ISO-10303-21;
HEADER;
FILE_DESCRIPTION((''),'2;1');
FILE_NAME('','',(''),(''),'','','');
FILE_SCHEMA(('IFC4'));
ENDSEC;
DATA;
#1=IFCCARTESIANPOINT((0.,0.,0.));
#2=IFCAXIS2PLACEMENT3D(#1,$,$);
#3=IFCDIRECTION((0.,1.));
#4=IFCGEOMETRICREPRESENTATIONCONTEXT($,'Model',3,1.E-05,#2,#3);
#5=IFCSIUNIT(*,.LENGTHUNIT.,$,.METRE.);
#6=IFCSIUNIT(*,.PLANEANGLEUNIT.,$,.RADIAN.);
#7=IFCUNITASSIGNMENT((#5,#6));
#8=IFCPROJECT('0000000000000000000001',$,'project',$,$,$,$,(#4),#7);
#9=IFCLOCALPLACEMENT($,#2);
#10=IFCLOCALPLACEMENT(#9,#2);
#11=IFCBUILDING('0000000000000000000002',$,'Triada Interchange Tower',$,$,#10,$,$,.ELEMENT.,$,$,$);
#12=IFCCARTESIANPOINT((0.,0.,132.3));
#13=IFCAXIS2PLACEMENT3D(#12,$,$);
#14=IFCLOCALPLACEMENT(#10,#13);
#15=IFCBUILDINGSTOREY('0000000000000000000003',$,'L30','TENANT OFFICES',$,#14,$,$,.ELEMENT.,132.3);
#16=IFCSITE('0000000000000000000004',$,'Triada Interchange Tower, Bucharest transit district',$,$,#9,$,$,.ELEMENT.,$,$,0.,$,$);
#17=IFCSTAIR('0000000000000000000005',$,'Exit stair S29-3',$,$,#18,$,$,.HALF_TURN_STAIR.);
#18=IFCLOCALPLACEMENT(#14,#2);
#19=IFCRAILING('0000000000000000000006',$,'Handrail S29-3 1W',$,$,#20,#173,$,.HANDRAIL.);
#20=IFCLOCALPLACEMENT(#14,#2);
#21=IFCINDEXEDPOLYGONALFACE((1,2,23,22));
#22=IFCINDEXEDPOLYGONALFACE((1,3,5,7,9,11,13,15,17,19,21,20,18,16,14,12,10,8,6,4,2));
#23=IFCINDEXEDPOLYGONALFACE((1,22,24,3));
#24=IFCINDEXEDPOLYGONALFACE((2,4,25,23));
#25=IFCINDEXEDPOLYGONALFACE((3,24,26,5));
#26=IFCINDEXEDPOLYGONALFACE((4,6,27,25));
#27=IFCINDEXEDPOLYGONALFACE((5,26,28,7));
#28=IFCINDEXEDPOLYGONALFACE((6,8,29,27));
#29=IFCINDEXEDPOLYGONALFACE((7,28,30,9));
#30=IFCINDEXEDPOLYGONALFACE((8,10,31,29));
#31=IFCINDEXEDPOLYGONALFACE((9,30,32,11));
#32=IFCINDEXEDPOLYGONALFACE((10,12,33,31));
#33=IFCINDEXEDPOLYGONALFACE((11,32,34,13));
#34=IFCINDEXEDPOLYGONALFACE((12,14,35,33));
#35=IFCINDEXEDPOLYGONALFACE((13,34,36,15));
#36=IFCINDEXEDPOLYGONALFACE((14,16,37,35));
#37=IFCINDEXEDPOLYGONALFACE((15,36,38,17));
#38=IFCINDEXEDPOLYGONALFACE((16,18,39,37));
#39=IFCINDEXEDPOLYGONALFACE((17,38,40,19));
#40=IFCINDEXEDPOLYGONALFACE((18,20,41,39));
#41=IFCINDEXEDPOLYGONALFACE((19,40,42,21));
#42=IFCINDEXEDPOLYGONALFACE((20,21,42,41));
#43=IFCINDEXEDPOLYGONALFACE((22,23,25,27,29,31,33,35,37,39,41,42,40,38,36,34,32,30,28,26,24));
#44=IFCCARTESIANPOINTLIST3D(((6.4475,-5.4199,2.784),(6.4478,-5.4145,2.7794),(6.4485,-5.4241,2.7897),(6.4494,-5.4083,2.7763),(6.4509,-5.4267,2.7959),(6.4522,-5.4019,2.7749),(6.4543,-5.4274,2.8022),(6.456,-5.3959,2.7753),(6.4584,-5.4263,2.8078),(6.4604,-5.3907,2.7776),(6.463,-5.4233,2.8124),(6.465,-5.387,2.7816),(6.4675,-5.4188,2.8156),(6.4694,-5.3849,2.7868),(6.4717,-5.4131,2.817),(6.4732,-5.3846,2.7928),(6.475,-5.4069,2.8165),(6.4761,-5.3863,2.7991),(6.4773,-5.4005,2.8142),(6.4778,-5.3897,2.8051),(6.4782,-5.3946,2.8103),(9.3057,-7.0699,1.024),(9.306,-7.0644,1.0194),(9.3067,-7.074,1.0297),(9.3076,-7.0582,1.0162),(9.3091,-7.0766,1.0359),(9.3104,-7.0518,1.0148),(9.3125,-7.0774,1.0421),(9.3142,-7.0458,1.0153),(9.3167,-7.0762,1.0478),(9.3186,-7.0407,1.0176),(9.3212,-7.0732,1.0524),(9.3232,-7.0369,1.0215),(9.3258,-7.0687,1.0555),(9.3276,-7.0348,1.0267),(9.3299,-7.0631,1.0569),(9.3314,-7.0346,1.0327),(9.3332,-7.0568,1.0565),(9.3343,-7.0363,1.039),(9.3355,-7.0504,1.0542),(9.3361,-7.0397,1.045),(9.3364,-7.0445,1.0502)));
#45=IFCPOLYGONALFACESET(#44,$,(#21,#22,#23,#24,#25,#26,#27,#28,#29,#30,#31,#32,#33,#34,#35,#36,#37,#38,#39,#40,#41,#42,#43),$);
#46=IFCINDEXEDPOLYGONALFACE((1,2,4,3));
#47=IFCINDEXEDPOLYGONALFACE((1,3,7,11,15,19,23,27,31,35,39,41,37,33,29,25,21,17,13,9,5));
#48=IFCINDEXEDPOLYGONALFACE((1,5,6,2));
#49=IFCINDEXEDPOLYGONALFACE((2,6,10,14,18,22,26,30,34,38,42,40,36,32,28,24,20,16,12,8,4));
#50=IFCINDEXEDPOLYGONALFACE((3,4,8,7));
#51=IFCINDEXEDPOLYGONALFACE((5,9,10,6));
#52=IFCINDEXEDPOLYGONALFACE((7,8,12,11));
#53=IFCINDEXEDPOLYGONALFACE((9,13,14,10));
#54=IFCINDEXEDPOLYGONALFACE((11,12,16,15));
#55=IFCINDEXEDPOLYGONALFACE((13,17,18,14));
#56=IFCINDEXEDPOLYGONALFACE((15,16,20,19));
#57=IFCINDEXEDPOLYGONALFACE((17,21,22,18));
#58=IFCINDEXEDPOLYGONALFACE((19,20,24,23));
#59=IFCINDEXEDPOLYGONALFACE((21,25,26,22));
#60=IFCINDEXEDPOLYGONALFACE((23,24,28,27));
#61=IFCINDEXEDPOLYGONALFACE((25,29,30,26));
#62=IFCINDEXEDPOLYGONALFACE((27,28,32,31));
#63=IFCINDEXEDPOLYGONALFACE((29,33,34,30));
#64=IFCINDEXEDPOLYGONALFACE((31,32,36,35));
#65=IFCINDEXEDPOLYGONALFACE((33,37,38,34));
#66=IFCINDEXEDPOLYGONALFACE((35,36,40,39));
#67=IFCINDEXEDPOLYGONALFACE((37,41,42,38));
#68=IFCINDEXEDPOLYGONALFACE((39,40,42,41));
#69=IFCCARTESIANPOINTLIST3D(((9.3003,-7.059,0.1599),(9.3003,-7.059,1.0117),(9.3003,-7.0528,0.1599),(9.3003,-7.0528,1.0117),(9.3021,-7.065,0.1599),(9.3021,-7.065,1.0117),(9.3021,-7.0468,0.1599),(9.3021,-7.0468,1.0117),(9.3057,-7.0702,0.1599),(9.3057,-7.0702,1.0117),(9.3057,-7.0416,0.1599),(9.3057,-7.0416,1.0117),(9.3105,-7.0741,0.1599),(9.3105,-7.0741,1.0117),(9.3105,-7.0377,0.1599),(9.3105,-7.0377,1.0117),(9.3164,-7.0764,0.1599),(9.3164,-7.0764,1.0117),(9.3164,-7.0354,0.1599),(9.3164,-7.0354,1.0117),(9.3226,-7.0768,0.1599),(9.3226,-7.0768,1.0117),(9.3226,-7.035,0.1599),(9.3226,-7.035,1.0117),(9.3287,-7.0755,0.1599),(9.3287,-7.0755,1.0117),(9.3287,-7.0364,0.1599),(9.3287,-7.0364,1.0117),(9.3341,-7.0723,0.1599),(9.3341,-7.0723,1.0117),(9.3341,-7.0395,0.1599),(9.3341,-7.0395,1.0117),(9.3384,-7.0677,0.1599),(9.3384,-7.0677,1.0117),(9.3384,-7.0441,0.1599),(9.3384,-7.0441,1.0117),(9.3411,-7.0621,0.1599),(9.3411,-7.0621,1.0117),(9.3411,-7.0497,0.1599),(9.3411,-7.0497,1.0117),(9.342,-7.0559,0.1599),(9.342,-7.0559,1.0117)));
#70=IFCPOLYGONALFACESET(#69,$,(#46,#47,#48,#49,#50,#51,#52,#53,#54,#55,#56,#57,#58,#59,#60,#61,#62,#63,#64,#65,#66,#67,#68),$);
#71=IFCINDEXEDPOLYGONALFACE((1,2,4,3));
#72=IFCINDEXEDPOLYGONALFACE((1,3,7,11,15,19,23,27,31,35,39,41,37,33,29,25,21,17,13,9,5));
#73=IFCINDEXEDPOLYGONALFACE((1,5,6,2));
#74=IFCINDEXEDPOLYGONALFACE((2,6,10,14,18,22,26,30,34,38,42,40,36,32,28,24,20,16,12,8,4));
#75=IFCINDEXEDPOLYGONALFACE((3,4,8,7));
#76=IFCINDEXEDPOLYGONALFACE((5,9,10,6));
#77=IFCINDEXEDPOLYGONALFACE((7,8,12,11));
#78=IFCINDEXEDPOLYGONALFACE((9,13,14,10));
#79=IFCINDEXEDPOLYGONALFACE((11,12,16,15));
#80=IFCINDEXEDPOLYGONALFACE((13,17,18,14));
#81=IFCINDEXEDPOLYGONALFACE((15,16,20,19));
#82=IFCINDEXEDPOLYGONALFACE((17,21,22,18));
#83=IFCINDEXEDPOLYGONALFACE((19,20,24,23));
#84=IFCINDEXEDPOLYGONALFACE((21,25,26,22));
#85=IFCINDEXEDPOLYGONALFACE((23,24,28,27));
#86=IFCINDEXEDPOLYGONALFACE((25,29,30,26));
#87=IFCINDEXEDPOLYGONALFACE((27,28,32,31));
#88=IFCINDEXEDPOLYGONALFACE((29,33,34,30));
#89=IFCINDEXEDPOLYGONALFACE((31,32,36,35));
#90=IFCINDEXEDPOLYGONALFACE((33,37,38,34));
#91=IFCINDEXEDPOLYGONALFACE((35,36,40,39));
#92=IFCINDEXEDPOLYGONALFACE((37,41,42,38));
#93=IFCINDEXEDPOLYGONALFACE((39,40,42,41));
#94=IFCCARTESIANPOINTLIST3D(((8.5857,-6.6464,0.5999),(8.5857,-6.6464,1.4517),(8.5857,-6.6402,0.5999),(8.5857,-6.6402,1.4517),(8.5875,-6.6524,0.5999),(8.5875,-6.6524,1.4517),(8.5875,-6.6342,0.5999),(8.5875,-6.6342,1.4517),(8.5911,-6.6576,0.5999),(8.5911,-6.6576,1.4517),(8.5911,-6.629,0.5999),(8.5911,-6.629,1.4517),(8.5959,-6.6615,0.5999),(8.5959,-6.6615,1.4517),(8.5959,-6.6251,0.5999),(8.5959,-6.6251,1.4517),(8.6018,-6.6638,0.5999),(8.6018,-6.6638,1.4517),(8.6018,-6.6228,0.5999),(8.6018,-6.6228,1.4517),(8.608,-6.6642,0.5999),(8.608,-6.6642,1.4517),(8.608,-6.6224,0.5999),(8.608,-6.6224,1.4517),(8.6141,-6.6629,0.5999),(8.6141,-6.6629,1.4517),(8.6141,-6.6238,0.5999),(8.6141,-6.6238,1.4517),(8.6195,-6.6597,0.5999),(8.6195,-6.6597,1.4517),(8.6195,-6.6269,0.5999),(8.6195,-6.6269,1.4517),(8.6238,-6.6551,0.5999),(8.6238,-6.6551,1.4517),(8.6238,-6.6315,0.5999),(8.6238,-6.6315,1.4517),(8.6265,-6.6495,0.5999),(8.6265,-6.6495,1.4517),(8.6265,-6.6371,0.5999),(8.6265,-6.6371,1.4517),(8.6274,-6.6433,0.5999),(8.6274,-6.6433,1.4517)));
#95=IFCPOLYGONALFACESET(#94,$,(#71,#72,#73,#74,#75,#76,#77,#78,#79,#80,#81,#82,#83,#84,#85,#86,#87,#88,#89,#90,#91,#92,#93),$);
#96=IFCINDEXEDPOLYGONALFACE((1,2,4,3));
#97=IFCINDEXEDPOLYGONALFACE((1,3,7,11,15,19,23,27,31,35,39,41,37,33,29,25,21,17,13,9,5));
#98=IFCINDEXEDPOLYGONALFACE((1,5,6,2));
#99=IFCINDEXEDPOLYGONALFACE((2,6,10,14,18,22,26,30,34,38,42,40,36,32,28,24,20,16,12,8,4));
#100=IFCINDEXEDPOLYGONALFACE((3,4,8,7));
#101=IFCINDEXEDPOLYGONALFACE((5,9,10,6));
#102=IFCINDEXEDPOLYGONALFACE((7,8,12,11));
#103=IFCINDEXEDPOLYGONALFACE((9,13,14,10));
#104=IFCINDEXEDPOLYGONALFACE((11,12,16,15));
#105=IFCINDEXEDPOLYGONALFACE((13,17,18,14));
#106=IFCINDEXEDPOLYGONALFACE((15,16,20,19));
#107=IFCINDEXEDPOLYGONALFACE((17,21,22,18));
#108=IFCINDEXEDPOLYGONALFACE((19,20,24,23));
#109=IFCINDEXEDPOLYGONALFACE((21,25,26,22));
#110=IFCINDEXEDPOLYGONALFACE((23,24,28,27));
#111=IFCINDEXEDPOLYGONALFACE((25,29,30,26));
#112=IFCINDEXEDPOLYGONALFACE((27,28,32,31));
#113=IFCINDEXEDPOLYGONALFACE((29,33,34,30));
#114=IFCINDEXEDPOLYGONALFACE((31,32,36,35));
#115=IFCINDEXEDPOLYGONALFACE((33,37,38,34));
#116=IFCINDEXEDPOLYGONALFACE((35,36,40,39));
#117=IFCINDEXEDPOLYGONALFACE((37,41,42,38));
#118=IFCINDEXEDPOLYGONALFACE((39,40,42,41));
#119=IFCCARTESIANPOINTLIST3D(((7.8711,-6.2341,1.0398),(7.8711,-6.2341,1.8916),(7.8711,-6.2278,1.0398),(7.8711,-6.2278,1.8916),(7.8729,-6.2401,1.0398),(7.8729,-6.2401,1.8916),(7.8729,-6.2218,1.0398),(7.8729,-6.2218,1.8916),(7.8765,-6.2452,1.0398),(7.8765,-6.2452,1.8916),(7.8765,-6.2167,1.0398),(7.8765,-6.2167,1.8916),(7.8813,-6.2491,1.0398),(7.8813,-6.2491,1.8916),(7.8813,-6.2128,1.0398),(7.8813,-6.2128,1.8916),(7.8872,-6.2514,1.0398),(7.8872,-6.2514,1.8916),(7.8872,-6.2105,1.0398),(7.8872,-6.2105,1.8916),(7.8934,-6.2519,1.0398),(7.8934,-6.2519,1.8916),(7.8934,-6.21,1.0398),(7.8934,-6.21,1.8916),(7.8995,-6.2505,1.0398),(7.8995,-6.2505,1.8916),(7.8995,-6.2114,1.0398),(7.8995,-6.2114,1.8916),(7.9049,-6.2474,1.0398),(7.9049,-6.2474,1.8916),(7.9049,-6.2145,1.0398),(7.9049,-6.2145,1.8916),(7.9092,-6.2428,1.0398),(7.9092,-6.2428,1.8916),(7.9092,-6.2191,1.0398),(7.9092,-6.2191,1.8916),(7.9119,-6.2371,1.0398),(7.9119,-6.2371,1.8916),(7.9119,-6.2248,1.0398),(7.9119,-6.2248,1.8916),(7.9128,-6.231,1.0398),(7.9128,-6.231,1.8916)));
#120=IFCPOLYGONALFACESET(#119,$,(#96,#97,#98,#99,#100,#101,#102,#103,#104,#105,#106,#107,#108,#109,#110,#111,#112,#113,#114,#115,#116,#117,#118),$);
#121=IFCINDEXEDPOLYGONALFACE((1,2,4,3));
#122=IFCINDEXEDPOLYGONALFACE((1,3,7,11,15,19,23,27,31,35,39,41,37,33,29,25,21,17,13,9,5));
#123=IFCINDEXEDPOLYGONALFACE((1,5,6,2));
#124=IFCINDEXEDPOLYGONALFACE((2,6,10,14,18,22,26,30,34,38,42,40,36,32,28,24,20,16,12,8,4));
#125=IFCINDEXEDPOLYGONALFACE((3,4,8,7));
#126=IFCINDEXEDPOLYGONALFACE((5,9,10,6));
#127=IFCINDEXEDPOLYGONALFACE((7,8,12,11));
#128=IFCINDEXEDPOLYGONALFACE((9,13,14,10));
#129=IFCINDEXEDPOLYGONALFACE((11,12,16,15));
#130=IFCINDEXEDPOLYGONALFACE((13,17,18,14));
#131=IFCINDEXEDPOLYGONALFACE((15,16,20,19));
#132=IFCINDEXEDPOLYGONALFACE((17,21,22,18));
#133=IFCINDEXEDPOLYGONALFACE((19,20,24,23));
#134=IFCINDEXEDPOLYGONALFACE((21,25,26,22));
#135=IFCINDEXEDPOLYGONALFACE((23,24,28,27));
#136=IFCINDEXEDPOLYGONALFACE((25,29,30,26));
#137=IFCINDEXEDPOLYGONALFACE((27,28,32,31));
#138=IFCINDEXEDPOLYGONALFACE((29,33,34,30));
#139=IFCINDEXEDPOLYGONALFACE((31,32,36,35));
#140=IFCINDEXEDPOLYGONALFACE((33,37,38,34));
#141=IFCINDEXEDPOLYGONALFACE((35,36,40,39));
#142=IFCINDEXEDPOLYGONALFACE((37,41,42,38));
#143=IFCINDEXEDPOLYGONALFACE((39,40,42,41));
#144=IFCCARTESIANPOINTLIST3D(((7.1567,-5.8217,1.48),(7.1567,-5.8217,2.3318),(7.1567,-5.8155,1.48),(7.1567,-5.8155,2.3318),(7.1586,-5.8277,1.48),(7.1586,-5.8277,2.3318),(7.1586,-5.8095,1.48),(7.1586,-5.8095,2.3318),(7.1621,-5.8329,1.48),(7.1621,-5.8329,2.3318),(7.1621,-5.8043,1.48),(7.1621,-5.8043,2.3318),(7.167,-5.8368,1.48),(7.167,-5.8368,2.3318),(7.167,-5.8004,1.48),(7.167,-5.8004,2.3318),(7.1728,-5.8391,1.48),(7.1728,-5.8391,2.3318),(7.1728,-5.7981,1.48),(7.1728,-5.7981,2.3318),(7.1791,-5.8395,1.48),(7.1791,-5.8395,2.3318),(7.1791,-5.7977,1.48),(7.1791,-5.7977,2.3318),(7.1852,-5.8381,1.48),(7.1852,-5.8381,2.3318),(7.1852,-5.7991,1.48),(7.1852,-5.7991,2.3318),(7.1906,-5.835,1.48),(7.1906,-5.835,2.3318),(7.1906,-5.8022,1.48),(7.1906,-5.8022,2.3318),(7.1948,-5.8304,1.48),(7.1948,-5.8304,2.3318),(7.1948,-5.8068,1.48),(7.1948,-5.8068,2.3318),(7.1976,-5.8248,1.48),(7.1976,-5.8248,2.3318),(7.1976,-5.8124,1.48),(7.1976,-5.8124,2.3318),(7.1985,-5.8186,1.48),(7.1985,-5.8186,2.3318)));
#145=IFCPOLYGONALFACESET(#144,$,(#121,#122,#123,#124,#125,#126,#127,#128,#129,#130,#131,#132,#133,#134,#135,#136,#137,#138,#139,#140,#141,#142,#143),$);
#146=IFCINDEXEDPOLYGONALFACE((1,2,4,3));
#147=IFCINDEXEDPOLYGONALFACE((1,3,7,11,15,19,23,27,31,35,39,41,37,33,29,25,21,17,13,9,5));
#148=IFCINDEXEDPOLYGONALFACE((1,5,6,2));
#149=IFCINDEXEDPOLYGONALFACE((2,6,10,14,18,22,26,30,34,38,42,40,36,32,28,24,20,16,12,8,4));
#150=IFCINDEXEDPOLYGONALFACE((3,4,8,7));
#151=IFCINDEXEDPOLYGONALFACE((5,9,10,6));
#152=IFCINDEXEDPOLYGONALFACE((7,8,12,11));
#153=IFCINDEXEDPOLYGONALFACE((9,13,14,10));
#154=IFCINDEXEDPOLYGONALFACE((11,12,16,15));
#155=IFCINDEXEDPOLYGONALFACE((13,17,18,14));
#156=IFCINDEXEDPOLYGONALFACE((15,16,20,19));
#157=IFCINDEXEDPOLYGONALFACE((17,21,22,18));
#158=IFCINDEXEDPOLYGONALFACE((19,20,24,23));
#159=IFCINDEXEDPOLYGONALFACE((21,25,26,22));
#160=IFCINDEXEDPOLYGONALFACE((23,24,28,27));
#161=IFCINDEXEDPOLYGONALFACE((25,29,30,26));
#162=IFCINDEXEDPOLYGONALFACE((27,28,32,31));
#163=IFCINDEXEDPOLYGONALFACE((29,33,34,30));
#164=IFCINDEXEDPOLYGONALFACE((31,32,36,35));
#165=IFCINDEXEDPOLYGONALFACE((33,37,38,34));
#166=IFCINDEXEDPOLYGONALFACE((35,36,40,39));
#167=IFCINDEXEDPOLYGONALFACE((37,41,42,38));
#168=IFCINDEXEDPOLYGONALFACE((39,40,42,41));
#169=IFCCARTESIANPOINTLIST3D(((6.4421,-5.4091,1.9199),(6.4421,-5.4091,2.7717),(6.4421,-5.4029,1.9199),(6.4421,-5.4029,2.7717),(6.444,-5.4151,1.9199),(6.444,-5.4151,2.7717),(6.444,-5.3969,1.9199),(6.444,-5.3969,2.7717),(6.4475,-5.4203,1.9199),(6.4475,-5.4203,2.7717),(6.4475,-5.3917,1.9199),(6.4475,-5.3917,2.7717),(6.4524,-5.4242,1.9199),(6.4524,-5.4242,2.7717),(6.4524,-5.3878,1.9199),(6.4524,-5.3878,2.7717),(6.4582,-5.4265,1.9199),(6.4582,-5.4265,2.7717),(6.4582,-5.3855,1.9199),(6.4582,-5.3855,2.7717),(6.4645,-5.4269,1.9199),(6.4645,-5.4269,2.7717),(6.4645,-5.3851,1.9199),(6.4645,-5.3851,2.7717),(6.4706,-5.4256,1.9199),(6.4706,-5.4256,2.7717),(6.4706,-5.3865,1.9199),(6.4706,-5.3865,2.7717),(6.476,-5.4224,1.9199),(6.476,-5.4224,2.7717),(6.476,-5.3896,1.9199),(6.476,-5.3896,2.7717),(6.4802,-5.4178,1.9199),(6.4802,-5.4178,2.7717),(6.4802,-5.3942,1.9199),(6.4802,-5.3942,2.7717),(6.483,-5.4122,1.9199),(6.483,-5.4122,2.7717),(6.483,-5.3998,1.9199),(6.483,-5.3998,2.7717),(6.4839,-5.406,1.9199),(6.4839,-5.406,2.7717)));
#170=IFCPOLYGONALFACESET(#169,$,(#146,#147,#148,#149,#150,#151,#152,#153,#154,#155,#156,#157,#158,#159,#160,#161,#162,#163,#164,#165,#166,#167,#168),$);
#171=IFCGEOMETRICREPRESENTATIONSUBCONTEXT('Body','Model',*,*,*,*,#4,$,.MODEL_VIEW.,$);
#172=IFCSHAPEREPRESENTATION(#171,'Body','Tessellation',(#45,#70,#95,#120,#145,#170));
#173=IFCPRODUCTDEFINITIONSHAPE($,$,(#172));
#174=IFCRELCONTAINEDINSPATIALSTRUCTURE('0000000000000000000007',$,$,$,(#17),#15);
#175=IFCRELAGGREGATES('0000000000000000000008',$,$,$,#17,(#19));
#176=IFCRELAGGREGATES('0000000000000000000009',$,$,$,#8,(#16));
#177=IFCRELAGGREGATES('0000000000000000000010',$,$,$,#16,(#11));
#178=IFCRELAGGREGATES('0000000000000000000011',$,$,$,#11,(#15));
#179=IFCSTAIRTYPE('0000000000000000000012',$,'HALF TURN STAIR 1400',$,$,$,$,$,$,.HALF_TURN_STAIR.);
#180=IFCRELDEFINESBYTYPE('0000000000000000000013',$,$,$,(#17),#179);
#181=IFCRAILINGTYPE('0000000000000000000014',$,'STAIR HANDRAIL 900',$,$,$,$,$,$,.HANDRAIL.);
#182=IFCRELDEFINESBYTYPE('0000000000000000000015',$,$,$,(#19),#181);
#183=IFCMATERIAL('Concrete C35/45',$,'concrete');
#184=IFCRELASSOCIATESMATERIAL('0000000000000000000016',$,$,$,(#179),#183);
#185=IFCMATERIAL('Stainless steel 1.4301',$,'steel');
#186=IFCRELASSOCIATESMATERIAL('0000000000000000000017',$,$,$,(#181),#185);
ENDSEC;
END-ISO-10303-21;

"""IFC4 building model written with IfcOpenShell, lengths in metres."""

from ifc_helpers import new_model, si_unit, direction, frame, origin, origin_2d, place, context, subcontext, project, spatial, circle, extrude, material, type_object, element, aggregate, save


model = new_model("IFC4")

# Units and contexts
model_context = context("Model", 3, precision=1e-05, world=origin(), true_north=direction((0.0, 1.0)))
body_context = subcontext(model_context, "Body", "Model", "MODEL_VIEW")
ifc_project = project(units=[si_unit("LENGTHUNIT", "METRE"), si_unit("PLANEANGLEUNIT", "RADIAN")], contexts=[model_context])

# Site, building, storey
site_placement = place(None, origin())
site = spatial("IfcSite", under=ifc_project, at=site_placement, Name="Triada Interchange Tower, Bucharest transit district", CompositionType="ELEMENT", RefElevation=0.0)
building_placement = place(site_placement, origin())
building = spatial("IfcBuilding", under=site, at=building_placement, Name="Triada Interchange Tower", CompositionType="ELEMENT")
storey_placement = place(building_placement, frame((0.0, 0.0, 132.3)))
storey = spatial("IfcBuildingStorey", under=building, at=storey_placement, Name="L30", Description="TENANT OFFICES", CompositionType="ELEMENT", Elevation=132.3)

# Stair, railing
ifc_material_1 = material(Name="Concrete C35/45", Category="concrete")
stair_type = type_object("IfcStairType", Name="HALF TURN STAIR 1400", PredefinedType="HALF_TURN_STAIR", material=ifc_material_1)
stair_placement = place(storey_placement, origin())
stair = element("IfcStair", 1, at=stair_placement, inside=storey, type_object=stair_type, Name="Exit stair S29-3", PredefinedType="HALF_TURN_STAIR")
ifc_material_2 = material(Name="Stainless steel 1.4301", Category="steel")
railing_type = type_object("IfcRailingType", Name="STAIR HANDRAIL 900", PredefinedType="HANDRAIL", material=ifc_material_2)
railing_1_placement = place(storey_placement, frame((9.321, -7.0559, 0.1599)))
railing_1 = element("IfcRailing", 2, at=railing_1_placement, type_object=railing_type, Name="Handrail S29-3 1W", PredefinedType="HANDRAIL", context=body_context, shape_type="SweptSolid", body=[
    extrude(circle(Radius=0.0239, at=origin_2d()), frame((0.0, 0.0, 0.876), z_axis=(-0.764178, 0.441131, 0.47057), x_axis=(-0.499942, -0.866059, 0.0)), (0.0, 0.0, 1.0), 3.7402),
    extrude(circle(Radius=0.021, at=origin_2d()), origin(), (0.0, 0.0, 1.0), 0.8518),
    extrude(circle(Radius=0.021, at=origin_2d()), frame((-0.7146, 0.4126, 0.4399)), (0.0, 0.0, 1.0), 0.8518),
    extrude(circle(Radius=0.021, at=origin_2d()), frame((-1.4292, 0.825, 0.8799)), (0.0, 0.0, 1.0), 0.8518),
    extrude(circle(Radius=0.021, at=origin_2d()), frame((-2.1436, 1.2373, 1.3201)), (0.0, 0.0, 1.0), 0.8518),
    extrude(circle(Radius=0.021, at=origin_2d()), frame((-2.8582, 1.6499, 1.76)), (0.0, 0.0, 1.0), 0.8518),
])
aggregate(stair, [railing_1])

save(model, "model.ifc")
